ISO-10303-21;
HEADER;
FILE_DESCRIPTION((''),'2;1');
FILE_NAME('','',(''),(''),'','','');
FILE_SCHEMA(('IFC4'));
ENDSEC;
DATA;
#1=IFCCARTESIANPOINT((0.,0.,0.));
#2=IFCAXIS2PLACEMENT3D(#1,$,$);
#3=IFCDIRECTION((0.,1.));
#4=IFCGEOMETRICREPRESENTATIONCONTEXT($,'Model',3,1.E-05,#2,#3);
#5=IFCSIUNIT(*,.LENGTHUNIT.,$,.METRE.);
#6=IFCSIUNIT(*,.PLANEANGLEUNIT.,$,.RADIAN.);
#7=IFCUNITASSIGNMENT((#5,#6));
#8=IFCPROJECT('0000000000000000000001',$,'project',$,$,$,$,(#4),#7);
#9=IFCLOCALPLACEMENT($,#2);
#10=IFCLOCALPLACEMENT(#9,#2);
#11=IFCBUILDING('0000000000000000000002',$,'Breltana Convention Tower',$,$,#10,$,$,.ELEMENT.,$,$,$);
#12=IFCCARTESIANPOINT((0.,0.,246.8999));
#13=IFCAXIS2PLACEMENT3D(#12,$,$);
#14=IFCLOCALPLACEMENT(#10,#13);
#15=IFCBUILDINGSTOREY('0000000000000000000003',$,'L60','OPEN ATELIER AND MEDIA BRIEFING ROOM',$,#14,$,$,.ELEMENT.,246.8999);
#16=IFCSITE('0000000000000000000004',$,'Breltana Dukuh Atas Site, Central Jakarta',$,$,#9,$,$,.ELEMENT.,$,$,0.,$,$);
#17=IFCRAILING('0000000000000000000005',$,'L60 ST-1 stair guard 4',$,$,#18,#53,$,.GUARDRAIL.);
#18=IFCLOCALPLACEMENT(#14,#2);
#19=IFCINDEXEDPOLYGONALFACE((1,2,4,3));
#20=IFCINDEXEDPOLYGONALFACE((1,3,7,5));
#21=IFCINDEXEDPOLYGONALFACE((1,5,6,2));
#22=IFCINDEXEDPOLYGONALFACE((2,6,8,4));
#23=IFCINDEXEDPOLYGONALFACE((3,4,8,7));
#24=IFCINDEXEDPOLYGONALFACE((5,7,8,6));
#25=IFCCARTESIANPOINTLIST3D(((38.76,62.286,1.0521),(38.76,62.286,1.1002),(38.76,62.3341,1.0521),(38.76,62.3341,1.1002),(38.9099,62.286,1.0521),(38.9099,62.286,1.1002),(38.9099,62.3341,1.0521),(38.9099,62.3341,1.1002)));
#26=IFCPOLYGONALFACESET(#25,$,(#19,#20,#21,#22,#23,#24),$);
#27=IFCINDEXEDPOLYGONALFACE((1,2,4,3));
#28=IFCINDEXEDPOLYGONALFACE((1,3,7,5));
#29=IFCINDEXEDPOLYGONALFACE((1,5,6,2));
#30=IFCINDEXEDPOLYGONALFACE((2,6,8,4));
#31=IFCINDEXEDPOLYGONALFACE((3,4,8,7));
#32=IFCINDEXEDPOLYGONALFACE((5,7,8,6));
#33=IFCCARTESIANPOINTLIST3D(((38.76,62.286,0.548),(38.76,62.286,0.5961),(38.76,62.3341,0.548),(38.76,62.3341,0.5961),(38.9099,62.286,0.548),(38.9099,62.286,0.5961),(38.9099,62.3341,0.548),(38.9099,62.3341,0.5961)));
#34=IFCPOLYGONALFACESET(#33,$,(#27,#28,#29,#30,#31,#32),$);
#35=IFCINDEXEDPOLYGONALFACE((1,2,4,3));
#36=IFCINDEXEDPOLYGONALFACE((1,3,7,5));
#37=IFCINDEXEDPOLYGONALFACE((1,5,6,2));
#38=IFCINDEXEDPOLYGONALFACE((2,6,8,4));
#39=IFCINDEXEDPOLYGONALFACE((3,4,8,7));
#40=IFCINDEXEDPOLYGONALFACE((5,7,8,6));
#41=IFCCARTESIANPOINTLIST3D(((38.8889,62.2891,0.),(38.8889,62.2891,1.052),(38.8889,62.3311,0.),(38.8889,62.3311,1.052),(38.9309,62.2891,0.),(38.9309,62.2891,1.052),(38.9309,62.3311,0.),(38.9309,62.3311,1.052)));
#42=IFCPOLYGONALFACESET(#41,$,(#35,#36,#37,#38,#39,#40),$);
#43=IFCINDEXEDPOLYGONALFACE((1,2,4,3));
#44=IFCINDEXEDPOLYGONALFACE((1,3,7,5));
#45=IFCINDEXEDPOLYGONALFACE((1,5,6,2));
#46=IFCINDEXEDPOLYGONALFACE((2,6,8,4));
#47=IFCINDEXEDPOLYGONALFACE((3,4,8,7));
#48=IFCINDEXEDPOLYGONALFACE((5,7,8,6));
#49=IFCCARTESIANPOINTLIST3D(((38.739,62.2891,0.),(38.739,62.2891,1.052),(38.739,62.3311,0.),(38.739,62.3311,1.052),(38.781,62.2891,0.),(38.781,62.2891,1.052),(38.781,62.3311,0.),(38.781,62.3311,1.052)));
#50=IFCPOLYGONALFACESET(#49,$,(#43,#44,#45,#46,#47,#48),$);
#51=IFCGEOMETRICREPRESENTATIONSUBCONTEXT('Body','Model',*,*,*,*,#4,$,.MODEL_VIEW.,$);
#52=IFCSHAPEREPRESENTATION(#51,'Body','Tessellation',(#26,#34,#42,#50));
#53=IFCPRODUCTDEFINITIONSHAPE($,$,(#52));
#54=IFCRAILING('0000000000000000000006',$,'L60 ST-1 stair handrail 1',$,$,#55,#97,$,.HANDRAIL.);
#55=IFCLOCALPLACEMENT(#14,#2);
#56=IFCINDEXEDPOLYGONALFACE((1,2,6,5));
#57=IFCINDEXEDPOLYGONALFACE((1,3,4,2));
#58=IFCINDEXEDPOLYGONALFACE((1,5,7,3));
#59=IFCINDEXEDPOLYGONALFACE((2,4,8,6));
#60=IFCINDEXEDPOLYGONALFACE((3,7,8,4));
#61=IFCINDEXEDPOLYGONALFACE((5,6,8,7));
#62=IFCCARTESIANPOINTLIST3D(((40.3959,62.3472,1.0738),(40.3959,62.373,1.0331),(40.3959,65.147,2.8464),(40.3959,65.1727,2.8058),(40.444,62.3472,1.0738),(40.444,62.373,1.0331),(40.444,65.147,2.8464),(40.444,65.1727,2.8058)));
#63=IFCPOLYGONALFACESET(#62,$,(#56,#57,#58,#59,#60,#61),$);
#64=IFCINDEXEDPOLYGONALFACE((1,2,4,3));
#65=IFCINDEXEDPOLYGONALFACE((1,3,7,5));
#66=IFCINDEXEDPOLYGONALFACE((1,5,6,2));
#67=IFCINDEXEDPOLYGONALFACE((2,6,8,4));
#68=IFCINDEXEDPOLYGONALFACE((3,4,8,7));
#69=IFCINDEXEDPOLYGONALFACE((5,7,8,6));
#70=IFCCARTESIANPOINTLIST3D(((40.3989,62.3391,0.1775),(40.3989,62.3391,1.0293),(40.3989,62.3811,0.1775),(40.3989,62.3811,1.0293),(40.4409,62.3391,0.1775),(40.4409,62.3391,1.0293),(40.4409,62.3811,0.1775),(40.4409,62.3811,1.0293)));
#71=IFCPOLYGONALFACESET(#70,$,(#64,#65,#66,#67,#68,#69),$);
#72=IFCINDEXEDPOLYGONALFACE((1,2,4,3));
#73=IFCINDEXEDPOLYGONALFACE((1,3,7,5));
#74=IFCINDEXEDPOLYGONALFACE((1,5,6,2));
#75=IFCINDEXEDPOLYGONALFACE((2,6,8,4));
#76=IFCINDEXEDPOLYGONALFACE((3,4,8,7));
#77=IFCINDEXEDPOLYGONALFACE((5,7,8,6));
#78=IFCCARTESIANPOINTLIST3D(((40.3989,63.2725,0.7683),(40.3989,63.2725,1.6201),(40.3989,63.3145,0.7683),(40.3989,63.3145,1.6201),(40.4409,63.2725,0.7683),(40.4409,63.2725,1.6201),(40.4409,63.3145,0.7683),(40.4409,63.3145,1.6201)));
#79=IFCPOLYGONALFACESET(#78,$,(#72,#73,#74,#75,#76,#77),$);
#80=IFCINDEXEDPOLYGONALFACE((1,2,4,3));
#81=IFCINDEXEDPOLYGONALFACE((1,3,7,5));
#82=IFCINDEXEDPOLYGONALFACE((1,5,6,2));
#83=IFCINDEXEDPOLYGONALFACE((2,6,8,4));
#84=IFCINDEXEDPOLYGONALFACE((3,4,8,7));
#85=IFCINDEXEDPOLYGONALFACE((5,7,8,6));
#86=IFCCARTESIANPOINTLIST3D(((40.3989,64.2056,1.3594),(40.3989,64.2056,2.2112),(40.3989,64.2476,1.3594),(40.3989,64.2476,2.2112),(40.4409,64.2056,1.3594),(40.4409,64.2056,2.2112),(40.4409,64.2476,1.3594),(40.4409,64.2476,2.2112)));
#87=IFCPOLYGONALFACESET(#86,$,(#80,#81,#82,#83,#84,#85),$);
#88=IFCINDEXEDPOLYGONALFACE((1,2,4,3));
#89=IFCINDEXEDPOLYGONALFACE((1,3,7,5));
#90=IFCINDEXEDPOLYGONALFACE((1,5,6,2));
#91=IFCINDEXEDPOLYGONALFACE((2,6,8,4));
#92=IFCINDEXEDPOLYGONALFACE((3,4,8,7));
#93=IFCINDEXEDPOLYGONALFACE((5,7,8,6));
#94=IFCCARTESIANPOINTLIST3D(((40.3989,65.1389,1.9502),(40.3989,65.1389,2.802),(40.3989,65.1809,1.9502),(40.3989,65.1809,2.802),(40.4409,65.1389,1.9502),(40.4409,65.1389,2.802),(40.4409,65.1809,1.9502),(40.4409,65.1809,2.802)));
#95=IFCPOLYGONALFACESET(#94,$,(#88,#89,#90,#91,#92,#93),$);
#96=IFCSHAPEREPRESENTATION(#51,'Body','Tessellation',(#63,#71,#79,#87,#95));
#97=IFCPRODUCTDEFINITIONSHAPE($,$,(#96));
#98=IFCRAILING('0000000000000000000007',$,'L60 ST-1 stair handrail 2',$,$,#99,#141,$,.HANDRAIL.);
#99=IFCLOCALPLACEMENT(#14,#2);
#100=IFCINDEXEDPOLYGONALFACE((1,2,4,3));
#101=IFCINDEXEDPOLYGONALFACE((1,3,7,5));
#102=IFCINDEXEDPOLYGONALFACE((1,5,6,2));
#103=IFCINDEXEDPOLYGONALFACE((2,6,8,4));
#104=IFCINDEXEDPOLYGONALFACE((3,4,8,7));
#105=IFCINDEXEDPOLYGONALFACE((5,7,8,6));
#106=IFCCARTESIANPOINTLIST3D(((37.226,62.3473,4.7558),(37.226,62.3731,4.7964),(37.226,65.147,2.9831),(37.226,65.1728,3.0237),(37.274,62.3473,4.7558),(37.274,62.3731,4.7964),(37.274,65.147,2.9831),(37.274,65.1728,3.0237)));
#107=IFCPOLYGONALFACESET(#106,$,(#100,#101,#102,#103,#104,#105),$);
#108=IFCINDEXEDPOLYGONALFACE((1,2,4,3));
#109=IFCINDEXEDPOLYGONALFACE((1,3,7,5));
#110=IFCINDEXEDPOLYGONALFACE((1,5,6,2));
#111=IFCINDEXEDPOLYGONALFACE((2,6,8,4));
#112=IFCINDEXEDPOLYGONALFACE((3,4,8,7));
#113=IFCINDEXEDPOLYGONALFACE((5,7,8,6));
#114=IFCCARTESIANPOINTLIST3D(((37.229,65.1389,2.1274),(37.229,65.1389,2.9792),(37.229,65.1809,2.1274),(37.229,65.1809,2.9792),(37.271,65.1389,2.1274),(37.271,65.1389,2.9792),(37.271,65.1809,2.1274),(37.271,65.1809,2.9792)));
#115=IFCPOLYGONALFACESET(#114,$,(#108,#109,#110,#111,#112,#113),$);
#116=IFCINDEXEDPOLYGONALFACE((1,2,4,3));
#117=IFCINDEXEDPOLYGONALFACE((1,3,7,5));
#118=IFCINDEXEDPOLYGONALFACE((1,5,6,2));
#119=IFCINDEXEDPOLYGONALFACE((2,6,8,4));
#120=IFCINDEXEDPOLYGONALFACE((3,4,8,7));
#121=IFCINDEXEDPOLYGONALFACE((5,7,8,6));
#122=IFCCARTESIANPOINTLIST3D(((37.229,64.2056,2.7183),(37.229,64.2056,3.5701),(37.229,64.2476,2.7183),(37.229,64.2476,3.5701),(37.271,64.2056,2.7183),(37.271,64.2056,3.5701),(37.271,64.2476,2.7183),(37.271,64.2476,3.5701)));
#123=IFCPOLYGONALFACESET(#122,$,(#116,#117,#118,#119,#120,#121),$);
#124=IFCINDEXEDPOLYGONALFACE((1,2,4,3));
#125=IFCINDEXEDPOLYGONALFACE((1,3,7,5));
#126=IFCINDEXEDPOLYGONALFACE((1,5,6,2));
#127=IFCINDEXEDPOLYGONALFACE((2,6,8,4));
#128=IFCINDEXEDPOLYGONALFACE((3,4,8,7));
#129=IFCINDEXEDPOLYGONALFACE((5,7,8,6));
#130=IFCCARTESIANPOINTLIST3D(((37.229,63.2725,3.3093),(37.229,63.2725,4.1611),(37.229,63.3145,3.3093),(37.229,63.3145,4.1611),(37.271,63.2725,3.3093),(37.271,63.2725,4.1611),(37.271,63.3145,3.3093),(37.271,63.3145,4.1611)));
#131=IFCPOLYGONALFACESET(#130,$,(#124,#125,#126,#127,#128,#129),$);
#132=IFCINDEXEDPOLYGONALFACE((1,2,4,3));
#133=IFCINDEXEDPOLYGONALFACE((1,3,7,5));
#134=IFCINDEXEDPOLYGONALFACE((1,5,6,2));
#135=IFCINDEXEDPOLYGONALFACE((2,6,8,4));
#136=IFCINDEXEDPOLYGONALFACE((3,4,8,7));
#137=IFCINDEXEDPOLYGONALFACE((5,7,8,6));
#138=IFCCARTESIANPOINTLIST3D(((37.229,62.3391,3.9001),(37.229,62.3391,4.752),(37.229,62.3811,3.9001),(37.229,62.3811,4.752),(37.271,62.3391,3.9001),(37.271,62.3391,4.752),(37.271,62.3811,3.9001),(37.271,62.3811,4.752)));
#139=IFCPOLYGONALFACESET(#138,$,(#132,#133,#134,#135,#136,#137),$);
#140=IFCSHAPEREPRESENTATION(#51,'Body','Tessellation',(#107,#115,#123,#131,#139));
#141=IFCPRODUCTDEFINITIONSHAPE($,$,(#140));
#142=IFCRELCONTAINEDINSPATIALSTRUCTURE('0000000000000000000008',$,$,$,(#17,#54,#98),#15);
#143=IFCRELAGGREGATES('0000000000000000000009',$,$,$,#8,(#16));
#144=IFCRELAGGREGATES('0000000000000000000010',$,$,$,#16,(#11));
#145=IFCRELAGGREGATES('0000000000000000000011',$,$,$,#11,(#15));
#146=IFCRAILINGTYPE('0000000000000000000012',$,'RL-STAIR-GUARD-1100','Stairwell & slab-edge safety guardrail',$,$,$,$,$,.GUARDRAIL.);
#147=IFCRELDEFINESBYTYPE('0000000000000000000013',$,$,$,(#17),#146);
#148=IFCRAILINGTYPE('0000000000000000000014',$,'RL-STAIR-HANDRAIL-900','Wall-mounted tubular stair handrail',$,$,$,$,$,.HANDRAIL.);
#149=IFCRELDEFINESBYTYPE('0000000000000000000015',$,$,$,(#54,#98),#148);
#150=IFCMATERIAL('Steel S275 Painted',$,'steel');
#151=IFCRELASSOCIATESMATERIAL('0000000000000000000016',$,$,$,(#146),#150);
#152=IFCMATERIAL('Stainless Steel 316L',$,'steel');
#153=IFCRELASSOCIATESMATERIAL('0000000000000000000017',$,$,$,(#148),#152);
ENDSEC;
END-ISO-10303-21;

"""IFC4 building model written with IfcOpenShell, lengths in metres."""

from ifc_helpers import new_model, si_unit, direction, frame, origin, origin_2d, place, context, subcontext, project, spatial, rectangle, extrude, material, type_object, element, save


model = new_model("IFC4")

# Units and contexts
model_context = context("Model", 3, precision=1e-05, world=origin(), true_north=direction((0.0, 1.0)))
body_context = subcontext(model_context, "Body", "Model", "MODEL_VIEW")
ifc_project = project(units=[si_unit("LENGTHUNIT", "METRE"), si_unit("PLANEANGLEUNIT", "RADIAN")], contexts=[model_context])

# Site, building, storey
site_placement = place(None, origin())
site = spatial("IfcSite", under=ifc_project, at=site_placement, Name="Breltana Dukuh Atas Site, Central Jakarta", CompositionType="ELEMENT", RefElevation=0.0)
building_placement = place(site_placement, origin())
building = spatial("IfcBuilding", under=site, at=building_placement, Name="Breltana Convention Tower", CompositionType="ELEMENT")
storey_placement = place(building_placement, frame((0.0, 0.0, 246.8999)))
storey = spatial("IfcBuildingStorey", under=building, at=storey_placement, Name="L60", Description="OPEN ATELIER AND MEDIA BRIEFING ROOM", CompositionType="ELEMENT", Elevation=246.8999)

# Railings
ifc_material_1 = material(Name="Steel S275 Painted", Category="steel")
railing_type_1 = type_object("IfcRailingType", Name="RL-STAIR-GUARD-1100", Description="Stairwell & slab-edge safety guardrail", PredefinedType="GUARDRAIL", material=ifc_material_1)
railing_1_placement = place(storey_placement, frame((38.9099, 62.3101, 0.0)))
element("IfcRailing", 1, at=railing_1_placement, inside=storey, type_object=railing_type_1, Name="L60 ST-1 stair guard 4", PredefinedType="GUARDRAIL", context=body_context, shape_type="SweptSolid", body=[
    extrude(rectangle(XDim=0.0481, YDim=0.0481, at=origin_2d()), frame((0.0, 0.0, 1.0762), z_axis=(-1.0, 0.0, 0.0), x_axis=(0.0, -1.0, 0.0)), (0.0, 0.0, 1.0), 0.1499),
    extrude(rectangle(XDim=0.0481, YDim=0.0481, at=origin_2d()), frame((0.0, 0.0, 0.572), z_axis=(-1.0, 0.0, 0.0), x_axis=(0.0, -1.0, 0.0)), (0.0, 0.0, 1.0), 0.1499),
    extrude(rectangle(XDim=0.042, YDim=0.042, at=origin_2d()), origin(), (0.0, 0.0, 1.0), 1.052),
    extrude(rectangle(XDim=0.042, YDim=0.042, at=origin_2d()), frame((-0.1499, 0.0, 0.0)), (0.0, 0.0, 1.0), 1.052),
])
ifc_material_2 = material(Name="Stainless Steel 316L", Category="steel")
railing_type_2 = type_object("IfcRailingType", Name="RL-STAIR-HANDRAIL-900", Description="Wall-mounted tubular stair handrail", PredefinedType="HANDRAIL", material=ifc_material_2)
railing_2_placement = place(storey_placement, frame((40.4199, 62.3601, 0.1775)))
element("IfcRailing", 2, at=railing_2_placement, inside=storey, type_object=railing_type_2, Name="L60 ST-1 stair handrail 1", PredefinedType="HANDRAIL", context=body_context, shape_type="SweptSolid", body=[
    extrude(rectangle(XDim=0.0481, YDim=0.0481, at=origin_2d()), frame((0.0, 0.0, 0.876), z_axis=(0.0, 0.844888, 0.534943), x_axis=(-1.0, 0.0, 0.0)), (0.0, 0.0, 1.0), 3.3137),
    extrude(rectangle(XDim=0.042, YDim=0.042, at=origin_2d()), origin(), (0.0, 0.0, 1.0), 0.8518),
    extrude(rectangle(XDim=0.042, YDim=0.042, at=origin_2d()), frame((0.0, 0.9333, 0.5908)), (0.0, 0.0, 1.0), 0.8518),
    extrude(rectangle(XDim=0.042, YDim=0.042, at=origin_2d()), frame((0.0, 1.8665, 1.1819)), (0.0, 0.0, 1.0), 0.8518),
    extrude(rectangle(XDim=0.042, YDim=0.042, at=origin_2d()), frame((0.0, 2.7998, 1.7727)), (0.0, 0.0, 1.0), 0.8518),
])
railing_3_placement = place(storey_placement, frame((37.25, 65.1599, 2.1274)))
element("IfcRailing", 3, at=railing_3_placement, inside=storey, type_object=railing_type_2, Name="L60 ST-1 stair handrail 2", PredefinedType="HANDRAIL", context=body_context, shape_type="SweptSolid", body=[
    extrude(rectangle(XDim=0.0481, YDim=0.0481, at=origin_2d()), frame((0.0, 0.0, 0.876), z_axis=(0.0, -0.844888, 0.534943), x_axis=(1.0, 0.0, 0.0)), (0.0, 0.0, 1.0), 3.3137),
    extrude(rectangle(XDim=0.042, YDim=0.042, at=origin_2d()), origin(), (0.0, 0.0, 1.0), 0.8518),
    extrude(rectangle(XDim=0.042, YDim=0.042, at=origin_2d()), frame((0.0, -0.9333, 0.5908)), (0.0, 0.0, 1.0), 0.8518),
    extrude(rectangle(XDim=0.042, YDim=0.042, at=origin_2d()), frame((0.0, -1.8665, 1.1819)), (0.0, 0.0, 1.0), 0.8518),
    extrude(rectangle(XDim=0.042, YDim=0.042, at=origin_2d()), frame((0.0, -2.7998, 1.7727)), (0.0, 0.0, 1.0), 0.8518),
])

save(model, "model.ifc")
